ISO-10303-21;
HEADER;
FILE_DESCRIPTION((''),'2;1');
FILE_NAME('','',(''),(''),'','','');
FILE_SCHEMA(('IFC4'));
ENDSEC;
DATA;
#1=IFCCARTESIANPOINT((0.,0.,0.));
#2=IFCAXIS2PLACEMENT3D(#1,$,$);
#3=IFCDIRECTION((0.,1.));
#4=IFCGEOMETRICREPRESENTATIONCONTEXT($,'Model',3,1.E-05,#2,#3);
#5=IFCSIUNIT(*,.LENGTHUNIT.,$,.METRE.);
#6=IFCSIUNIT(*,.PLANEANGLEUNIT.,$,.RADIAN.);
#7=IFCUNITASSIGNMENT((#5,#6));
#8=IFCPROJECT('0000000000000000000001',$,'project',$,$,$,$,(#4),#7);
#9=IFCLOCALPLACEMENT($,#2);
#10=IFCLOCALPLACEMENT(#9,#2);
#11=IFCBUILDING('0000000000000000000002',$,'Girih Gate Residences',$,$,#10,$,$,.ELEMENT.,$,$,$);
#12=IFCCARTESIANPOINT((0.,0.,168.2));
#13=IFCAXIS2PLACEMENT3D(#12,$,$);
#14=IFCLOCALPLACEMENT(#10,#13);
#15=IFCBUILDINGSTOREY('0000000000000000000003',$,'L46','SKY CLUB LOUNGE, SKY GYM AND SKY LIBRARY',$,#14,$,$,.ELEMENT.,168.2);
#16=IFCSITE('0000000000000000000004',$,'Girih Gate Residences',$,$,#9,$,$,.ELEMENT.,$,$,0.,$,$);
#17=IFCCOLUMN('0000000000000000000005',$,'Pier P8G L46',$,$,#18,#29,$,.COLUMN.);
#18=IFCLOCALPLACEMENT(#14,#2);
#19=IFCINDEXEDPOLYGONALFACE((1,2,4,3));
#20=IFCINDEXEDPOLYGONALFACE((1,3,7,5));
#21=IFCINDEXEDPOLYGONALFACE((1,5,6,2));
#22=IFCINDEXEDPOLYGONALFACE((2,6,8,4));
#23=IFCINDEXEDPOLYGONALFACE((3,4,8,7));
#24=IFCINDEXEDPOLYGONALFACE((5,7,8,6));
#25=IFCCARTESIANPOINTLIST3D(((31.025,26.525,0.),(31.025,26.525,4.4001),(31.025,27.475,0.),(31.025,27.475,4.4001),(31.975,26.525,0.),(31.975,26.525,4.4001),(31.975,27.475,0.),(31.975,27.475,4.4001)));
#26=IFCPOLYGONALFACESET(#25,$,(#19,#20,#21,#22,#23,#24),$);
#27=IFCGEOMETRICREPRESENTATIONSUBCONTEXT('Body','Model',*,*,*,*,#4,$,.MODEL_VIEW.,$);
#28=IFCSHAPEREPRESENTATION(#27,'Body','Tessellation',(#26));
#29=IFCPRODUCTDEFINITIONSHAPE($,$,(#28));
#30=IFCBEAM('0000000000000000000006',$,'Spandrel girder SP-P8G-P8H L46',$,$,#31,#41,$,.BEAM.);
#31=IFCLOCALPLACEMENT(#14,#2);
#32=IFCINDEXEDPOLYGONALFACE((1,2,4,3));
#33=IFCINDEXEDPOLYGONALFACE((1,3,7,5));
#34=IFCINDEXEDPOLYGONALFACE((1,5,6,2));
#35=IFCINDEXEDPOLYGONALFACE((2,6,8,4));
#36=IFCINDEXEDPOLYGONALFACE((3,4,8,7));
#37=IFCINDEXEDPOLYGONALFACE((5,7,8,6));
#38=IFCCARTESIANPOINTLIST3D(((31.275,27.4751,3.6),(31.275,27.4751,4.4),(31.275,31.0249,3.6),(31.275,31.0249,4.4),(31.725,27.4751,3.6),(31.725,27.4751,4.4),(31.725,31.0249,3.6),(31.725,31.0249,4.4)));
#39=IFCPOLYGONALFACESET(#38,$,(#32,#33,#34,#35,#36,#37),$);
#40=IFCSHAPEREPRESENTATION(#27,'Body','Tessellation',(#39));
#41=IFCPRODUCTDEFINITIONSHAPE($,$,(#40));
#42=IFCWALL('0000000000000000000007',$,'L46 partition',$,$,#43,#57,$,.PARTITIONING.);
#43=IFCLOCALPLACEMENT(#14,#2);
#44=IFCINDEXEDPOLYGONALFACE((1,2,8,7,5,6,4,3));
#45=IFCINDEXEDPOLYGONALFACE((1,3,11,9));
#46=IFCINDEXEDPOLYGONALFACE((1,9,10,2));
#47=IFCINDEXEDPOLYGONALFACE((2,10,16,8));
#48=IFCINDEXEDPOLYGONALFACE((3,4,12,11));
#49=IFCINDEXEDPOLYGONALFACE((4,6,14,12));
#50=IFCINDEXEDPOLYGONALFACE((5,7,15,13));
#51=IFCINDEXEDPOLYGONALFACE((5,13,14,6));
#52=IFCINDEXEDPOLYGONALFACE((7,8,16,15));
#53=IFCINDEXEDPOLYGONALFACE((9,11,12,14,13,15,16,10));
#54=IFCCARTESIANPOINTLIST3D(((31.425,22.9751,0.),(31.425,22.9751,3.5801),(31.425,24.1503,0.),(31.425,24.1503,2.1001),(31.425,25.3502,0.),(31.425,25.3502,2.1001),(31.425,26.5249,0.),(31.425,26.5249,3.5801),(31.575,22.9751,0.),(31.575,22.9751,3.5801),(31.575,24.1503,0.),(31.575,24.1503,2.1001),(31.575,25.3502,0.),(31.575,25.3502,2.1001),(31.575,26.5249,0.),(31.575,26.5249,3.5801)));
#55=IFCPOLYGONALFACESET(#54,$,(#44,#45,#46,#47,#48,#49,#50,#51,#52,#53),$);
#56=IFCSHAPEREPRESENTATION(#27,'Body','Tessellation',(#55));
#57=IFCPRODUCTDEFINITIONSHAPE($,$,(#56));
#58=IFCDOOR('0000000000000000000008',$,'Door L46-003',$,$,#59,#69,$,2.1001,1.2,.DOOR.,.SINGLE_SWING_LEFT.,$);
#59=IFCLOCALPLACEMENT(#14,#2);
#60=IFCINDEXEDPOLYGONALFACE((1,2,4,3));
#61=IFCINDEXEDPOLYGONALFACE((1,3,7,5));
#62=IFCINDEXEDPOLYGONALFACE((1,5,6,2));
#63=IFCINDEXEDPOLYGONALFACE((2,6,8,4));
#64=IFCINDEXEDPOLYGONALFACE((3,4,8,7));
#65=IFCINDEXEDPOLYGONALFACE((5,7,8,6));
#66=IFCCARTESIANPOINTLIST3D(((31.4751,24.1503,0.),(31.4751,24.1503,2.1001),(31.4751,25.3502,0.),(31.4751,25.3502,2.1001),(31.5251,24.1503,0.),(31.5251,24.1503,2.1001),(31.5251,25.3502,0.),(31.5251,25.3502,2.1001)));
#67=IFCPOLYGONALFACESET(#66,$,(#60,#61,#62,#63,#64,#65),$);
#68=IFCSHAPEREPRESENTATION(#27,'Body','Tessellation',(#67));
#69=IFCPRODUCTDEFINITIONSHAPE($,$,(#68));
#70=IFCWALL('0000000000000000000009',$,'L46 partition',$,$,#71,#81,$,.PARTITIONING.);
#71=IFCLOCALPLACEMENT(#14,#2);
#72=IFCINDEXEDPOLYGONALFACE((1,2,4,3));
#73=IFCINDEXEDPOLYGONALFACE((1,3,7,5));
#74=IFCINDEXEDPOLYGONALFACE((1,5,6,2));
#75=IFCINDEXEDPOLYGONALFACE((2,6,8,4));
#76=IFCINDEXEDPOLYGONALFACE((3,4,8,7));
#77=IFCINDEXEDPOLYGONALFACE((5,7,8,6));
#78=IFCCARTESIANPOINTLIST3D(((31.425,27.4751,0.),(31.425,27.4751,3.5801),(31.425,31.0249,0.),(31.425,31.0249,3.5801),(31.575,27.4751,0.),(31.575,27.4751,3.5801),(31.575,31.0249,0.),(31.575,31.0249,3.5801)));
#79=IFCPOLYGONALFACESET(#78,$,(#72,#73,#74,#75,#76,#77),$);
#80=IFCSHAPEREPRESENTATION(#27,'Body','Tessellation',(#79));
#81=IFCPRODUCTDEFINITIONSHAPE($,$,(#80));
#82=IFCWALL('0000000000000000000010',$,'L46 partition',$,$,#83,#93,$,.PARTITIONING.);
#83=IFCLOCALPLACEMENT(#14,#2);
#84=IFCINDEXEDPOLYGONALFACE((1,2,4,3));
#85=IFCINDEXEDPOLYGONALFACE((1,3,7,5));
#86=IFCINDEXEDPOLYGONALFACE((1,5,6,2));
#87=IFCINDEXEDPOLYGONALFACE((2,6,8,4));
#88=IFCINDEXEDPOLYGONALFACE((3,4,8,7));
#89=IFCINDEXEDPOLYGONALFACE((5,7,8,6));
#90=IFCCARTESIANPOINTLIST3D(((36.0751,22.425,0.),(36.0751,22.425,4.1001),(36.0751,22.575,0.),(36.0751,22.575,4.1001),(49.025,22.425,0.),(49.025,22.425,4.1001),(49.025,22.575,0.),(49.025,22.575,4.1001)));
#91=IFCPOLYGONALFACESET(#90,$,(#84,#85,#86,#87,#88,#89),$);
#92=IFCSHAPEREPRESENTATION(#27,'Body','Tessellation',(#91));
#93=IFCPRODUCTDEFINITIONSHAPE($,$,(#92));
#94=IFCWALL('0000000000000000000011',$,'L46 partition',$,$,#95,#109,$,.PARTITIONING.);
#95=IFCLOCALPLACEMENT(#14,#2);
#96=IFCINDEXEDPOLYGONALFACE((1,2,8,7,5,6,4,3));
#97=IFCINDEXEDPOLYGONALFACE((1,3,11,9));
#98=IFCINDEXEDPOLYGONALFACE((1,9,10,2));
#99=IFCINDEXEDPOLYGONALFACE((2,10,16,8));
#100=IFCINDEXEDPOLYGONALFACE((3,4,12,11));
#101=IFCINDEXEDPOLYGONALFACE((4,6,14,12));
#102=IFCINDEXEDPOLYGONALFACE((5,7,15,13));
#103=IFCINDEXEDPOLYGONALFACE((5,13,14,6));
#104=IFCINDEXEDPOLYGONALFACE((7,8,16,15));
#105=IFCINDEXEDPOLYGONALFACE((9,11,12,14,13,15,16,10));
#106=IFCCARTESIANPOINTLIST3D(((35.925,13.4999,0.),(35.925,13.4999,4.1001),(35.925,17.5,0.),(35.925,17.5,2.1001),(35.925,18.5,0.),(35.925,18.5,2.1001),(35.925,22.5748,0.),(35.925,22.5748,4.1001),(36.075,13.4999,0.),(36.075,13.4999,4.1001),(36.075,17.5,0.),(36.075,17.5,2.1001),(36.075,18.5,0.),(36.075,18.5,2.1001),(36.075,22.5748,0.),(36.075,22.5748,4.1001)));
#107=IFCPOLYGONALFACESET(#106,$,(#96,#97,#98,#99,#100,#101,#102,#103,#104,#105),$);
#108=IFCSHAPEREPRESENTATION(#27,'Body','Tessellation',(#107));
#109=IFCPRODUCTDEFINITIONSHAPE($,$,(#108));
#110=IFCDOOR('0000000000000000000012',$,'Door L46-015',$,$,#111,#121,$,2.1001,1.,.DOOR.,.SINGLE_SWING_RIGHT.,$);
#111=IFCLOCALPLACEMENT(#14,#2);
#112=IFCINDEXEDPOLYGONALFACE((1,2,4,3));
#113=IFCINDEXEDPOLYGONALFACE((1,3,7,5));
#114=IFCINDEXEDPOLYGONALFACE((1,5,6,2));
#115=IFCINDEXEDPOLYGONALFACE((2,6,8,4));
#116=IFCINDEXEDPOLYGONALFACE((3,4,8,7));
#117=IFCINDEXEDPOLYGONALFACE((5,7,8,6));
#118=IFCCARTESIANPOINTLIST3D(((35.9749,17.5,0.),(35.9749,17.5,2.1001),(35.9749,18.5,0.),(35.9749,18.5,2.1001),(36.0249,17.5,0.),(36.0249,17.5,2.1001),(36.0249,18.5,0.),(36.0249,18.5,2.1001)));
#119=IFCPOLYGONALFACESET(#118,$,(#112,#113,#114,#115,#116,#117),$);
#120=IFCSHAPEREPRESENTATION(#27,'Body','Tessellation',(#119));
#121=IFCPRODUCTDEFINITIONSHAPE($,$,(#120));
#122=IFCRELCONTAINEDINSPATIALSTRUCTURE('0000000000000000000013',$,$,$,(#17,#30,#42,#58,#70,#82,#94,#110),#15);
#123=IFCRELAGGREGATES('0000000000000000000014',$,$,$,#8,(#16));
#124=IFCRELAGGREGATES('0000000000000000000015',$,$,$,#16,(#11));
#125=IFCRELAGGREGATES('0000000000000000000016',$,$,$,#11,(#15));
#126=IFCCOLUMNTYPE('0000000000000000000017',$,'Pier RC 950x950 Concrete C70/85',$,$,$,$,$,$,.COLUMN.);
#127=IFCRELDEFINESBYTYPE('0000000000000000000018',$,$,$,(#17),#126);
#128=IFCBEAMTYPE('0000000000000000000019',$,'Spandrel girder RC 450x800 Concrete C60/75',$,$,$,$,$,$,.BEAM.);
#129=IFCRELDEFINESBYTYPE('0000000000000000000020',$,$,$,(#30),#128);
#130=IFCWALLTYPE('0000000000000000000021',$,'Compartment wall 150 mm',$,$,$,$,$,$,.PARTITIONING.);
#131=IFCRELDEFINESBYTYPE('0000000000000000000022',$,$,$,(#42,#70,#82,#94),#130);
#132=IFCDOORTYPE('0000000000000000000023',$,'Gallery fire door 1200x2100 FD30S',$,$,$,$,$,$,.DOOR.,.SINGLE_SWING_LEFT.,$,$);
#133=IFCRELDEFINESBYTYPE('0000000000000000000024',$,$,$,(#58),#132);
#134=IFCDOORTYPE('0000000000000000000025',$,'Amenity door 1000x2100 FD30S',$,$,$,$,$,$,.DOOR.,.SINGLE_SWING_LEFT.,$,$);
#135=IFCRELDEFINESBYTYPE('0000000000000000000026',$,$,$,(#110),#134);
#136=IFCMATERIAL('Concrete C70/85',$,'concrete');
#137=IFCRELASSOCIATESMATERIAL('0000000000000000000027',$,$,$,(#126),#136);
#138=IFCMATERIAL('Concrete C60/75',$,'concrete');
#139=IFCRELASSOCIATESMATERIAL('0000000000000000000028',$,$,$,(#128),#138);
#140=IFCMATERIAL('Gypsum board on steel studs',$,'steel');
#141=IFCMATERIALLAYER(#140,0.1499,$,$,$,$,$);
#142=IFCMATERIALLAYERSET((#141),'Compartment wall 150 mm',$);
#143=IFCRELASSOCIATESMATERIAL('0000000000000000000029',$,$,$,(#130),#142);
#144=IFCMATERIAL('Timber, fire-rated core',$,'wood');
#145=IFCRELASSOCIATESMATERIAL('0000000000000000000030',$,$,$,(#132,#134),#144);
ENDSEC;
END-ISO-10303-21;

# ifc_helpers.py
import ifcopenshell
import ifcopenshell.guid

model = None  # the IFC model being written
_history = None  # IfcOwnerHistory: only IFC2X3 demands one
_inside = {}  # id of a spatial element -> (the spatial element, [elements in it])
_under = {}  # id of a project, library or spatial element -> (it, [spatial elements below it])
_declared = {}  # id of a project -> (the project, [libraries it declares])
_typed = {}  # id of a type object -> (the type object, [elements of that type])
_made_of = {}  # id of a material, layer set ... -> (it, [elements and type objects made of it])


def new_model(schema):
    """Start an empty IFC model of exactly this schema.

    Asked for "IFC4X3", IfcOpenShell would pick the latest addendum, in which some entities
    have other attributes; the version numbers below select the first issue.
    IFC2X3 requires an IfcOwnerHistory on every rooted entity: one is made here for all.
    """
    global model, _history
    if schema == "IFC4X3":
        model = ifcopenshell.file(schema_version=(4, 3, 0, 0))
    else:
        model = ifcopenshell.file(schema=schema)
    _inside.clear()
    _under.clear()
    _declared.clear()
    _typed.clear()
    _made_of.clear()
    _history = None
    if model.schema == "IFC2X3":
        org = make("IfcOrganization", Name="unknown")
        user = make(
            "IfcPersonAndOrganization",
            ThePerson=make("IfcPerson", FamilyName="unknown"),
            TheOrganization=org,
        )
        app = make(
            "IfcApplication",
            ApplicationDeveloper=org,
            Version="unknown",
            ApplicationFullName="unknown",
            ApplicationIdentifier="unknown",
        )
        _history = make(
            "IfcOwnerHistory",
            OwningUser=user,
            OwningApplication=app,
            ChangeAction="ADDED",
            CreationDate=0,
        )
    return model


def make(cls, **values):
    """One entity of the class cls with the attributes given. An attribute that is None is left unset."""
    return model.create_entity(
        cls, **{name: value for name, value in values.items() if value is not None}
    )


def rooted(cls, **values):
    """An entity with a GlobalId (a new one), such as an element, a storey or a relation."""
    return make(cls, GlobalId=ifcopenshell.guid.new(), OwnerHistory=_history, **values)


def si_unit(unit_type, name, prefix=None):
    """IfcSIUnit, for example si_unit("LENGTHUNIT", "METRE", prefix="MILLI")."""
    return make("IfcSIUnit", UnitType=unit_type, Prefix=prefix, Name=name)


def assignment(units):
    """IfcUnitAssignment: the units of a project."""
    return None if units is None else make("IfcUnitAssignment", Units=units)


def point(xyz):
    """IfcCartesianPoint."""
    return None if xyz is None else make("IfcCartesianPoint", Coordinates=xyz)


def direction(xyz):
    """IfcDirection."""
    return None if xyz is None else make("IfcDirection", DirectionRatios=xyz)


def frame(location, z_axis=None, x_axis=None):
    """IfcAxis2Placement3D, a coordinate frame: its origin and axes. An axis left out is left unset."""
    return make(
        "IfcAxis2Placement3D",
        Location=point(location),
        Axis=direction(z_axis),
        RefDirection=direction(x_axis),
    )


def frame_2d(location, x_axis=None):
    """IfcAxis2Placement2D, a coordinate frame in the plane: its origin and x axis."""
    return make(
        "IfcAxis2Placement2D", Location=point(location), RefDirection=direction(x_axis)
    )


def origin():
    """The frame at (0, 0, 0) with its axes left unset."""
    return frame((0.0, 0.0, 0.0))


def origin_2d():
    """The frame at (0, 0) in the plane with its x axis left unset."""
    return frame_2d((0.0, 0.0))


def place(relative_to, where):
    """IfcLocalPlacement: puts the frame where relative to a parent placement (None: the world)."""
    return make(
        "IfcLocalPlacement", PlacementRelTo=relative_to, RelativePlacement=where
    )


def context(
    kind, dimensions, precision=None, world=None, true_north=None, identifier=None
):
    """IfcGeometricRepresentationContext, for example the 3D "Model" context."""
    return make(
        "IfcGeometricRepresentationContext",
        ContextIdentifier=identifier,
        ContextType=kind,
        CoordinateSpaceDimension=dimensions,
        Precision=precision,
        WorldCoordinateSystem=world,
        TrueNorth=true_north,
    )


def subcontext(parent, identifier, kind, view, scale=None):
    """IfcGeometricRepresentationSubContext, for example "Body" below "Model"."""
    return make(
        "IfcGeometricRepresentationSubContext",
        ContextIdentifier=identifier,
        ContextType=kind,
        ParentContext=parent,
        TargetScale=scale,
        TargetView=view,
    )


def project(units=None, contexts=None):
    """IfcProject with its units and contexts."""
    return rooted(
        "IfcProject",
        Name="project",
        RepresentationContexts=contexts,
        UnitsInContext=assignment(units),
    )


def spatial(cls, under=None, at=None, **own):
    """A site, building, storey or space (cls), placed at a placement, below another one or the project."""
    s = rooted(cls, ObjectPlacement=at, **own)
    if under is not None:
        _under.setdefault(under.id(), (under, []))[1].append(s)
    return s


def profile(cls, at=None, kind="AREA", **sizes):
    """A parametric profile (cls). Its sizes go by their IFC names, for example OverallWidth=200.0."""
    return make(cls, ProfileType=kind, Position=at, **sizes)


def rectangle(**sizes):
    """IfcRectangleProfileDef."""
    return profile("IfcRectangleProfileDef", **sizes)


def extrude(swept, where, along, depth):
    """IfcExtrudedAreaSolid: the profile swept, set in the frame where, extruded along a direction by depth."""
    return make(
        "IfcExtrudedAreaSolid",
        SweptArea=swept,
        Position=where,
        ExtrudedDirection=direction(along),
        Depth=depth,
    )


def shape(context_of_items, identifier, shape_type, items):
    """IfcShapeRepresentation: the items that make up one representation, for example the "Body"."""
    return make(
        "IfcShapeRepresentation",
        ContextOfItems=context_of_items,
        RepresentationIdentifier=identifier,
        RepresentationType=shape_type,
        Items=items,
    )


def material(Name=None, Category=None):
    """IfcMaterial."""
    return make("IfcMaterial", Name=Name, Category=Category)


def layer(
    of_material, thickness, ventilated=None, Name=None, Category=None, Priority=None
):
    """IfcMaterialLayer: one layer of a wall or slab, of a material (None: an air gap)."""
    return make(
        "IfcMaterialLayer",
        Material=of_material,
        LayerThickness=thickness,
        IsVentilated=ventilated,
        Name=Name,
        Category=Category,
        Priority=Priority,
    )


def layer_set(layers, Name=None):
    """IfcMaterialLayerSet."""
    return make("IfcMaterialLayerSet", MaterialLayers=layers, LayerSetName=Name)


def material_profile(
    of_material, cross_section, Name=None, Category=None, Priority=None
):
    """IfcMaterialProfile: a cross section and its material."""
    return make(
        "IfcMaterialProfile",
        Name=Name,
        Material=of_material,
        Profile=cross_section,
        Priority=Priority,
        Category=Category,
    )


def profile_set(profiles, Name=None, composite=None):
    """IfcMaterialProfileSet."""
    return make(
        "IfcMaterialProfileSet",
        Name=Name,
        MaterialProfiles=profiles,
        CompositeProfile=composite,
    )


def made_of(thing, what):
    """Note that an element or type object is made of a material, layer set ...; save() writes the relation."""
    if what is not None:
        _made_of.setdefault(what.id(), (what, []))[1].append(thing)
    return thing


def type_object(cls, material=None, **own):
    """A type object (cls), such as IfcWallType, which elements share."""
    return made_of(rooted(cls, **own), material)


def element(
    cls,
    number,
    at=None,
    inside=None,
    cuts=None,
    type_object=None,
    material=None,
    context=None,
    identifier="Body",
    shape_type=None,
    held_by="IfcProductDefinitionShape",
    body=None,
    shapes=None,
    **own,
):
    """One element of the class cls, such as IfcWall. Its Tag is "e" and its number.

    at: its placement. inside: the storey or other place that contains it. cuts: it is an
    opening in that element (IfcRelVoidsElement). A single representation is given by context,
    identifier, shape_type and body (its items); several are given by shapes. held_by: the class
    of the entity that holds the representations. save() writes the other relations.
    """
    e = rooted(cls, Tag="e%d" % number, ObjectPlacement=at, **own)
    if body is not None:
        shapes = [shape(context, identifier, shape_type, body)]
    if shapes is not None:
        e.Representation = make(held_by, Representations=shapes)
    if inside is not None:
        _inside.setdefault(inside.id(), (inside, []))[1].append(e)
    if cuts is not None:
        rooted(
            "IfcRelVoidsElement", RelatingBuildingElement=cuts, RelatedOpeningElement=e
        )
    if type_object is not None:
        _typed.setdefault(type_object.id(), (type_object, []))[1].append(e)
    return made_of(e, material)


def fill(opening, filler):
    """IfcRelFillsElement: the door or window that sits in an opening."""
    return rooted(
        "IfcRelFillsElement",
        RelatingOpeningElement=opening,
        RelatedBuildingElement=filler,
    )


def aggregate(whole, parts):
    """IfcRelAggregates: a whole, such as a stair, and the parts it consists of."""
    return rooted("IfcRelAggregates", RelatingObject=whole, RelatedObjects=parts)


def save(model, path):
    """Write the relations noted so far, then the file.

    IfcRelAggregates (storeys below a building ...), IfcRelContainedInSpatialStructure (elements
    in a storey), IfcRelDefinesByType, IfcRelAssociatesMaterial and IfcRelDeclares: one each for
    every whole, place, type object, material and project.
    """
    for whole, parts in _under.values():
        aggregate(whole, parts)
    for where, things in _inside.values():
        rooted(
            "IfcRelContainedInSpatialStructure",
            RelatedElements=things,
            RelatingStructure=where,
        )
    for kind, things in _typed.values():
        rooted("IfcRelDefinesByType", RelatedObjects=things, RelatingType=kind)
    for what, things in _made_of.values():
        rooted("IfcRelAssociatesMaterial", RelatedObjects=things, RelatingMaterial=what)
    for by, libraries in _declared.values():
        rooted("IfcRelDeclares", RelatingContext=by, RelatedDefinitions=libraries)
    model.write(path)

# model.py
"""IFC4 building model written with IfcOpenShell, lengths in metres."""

from ifc_helpers import new_model, si_unit, direction, frame, frame_2d, origin, origin_2d, place, context, subcontext, project, spatial, rectangle, extrude, material, layer, layer_set, material_profile, profile_set, type_object, element, fill, save


model = new_model("IFC4")

# Units and contexts
model_context = context("Model", 3, precision=1e-05, world=origin(), true_north=direction((0.0, 1.0)))
body_context = subcontext(model_context, "Body", "Model", "MODEL_VIEW")
ifc_project = project(units=[si_unit("LENGTHUNIT", "METRE"), si_unit("PLANEANGLEUNIT", "RADIAN")], contexts=[model_context])

# Site, building, storey
site_placement = place(None, origin())
site = spatial("IfcSite", under=ifc_project, at=site_placement, Name="Girih Gate Residences", CompositionType="ELEMENT", RefElevation=0.0)
building_placement = place(site_placement, origin())
building = spatial("IfcBuilding", under=site, at=building_placement, Name="Girih Gate Residences", CompositionType="ELEMENT")
storey_placement = place(building_placement, frame((0.0, 0.0, 168.2)))
storey = spatial("IfcBuildingStorey", under=building, at=storey_placement, Name="L46", Description="SKY CLUB LOUNGE, SKY GYM AND SKY LIBRARY", CompositionType="ELEMENT", Elevation=168.2)

# Column
ifc_material_1 = material(Name="Concrete C70/85", Category="concrete")
ifc_material_profile_1 = material_profile(ifc_material_1, rectangle(XDim=0.95, YDim=0.95, at=origin_2d()))
ifc_profile_set_1 = profile_set([ifc_material_profile_1], Name="Concrete C70/85")
column_type = type_object("IfcColumnType", Name="Pier RC 950x950 Concrete C70/85", PredefinedType="COLUMN", material=ifc_profile_set_1)
column_placement = place(storey_placement, frame((31.5, 27.0, 0.0), z_axis=(0.0, 0.0, 1.0), x_axis=(1.0, 0.0, 0.0)))
element("IfcColumn", 1, at=column_placement, inside=storey, type_object=column_type, Name="Pier P8G L46", PredefinedType="COLUMN", context=body_context, shape_type="SweptSolid", body=[
    extrude(rectangle(XDim=0.95, YDim=0.95, at=origin_2d()), origin(), (0.0, 0.0, 1.0), 4.4001),
])

# Beam
ifc_material_2 = material(Name="Concrete C60/75", Category="concrete")
ifc_material_profile_2 = material_profile(ifc_material_2, rectangle(XDim=0.45, YDim=0.8, at=origin_2d()))
ifc_profile_set_2 = profile_set([ifc_material_profile_2], Name="Concrete C60/75")
beam_type = type_object("IfcBeamType", Name="Spandrel girder RC 450x800 Concrete C60/75", PredefinedType="BEAM", material=ifc_profile_set_2)
beam_placement = place(storey_placement, frame((31.5, 27.4751, 4.0), z_axis=(0.0, 1.0, 0.0), x_axis=(-1.0, 0.0, 0.0)))
element("IfcBeam", 2, at=beam_placement, inside=storey, type_object=beam_type, Name="Spandrel girder SP-P8G-P8H L46", PredefinedType="BEAM", context=body_context, shape_type="SweptSolid", body=[
    extrude(rectangle(XDim=0.45, YDim=0.8, at=origin_2d()), origin(), (0.0, 0.0, 1.0), 3.5498),
])

# Wall, opening, door
ifc_material_3 = material(Name="Gypsum board on steel studs", Category="steel")
ifc_layer_1 = layer(ifc_material_3, 0.1499)
ifc_layer_set_1 = layer_set([ifc_layer_1], Name="Compartment wall 150 mm")
wall_type_1 = type_object("IfcWallType", Name="Compartment wall 150 mm", PredefinedType="PARTITIONING", material=ifc_layer_set_1)
wall_1_placement = place(storey_placement, frame((31.5, 22.9751, 0.0), z_axis=(0.0, 0.0, 1.0), x_axis=(0.0, 1.0, 0.0)))
wall_1 = element("IfcWall", 3, at=wall_1_placement, inside=storey, type_object=wall_type_1, Name="L46 partition", PredefinedType="PARTITIONING", context=body_context, shape_type="SweptSolid", body=[
    extrude(rectangle(XDim=3.5498, YDim=0.1499, at=frame_2d((1.7749, 0.0))), origin(), (0.0, 0.0, 1.0), 3.5801),
])
opening_1_placement = place(wall_1_placement, frame((1.175, 0.0, 0.0)))
opening_1 = element("IfcOpeningElement", 4, at=opening_1_placement, cuts=wall_1, PredefinedType="OPENING", context=body_context, shape_type="SweptSolid", body=[
    extrude(rectangle(XDim=1.2, YDim=2.1001, at=frame_2d((0.6001, 1.05))), frame((0.0, 0.085, 0.0), z_axis=(0.0, -1.0, 0.0), x_axis=(1.0, 0.0, 0.0)), (0.0, 0.0, 1.0), 0.1699),
])
ifc_material_4 = material(Name="Timber, fire-rated core", Category="wood")
door_type_1 = type_object("IfcDoorType", Name="Gallery fire door 1200x2100 FD30S", OperationType="SINGLE_SWING_LEFT", PredefinedType="DOOR", material=ifc_material_4)
door_1_placement = place(opening_1_placement, origin())
door_1 = element("IfcDoor", 5, at=door_1_placement, inside=storey, type_object=door_type_1, Name="Door L46-003", OperationType="SINGLE_SWING_LEFT", OverallHeight=2.1001, OverallWidth=1.2, PredefinedType="DOOR", context=body_context, shape_type="SweptSolid", body=[
    extrude(rectangle(XDim=1.2, YDim=2.1001, at=frame_2d((0.6001, 1.05))), frame((0.0, 0.0249, 0.0), z_axis=(0.0, -1.0, 0.0), x_axis=(1.0, 0.0, 0.0)), (0.0, 0.0, 1.0), 0.05),
])
fill(opening_1, door_1)

# Walls
wall_2_placement = place(storey_placement, frame((31.5, 27.4751, 0.0), z_axis=(0.0, 0.0, 1.0), x_axis=(0.0, 1.0, 0.0)))
element("IfcWall", 6, at=wall_2_placement, inside=storey, type_object=wall_type_1, Name="L46 partition", PredefinedType="PARTITIONING", context=body_context, shape_type="SweptSolid", body=[
    extrude(rectangle(XDim=3.5498, YDim=0.1499, at=frame_2d((1.7749, 0.0))), origin(), (0.0, 0.0, 1.0), 3.5801),
])
wall_3_placement = place(storey_placement, frame((36.075, 22.5, 0.0), z_axis=(0.0, 0.0, 1.0), x_axis=(1.0, 0.0, 0.0)))
element("IfcWall", 7, at=wall_3_placement, inside=storey, type_object=wall_type_1, Name="L46 partition", PredefinedType="PARTITIONING", context=body_context, shape_type="SweptSolid", body=[
    extrude(rectangle(XDim=12.95, YDim=0.1499, at=frame_2d((6.4751, 0.0))), origin(), (0.0, 0.0, 1.0), 4.1001),
])

# Wall, opening, door
wall_4_placement = place(storey_placement, frame((36.0, 22.575, 0.0), z_axis=(0.0, 0.0, 1.0), x_axis=(0.0, -1.0, 0.0)))
wall_4 = element("IfcWall", 8, at=wall_4_placement, inside=storey, type_object=wall_type_1, Name="L46 partition", PredefinedType="PARTITIONING", context=body_context, shape_type="SweptSolid", body=[
    extrude(rectangle(XDim=9.075, YDim=0.1499, at=frame_2d((4.5376, 0.0))), origin(), (0.0, 0.0, 1.0), 4.1001),
])
opening_2_placement = place(wall_4_placement, frame((4.075, 0.0, 0.0)))
opening_2 = element("IfcOpeningElement", 9, at=opening_2_placement, cuts=wall_4, PredefinedType="OPENING", context=body_context, shape_type="SweptSolid", body=[
    extrude(rectangle(XDim=1.0, YDim=2.1001, at=frame_2d((0.5, 1.05))), frame((0.0, 0.085, 0.0), z_axis=(0.0, -1.0, 0.0), x_axis=(1.0, 0.0, 0.0)), (0.0, 0.0, 1.0), 0.1699),
])
door_type_2 = type_object("IfcDoorType", Name="Amenity door 1000x2100 FD30S", OperationType="SINGLE_SWING_LEFT", PredefinedType="DOOR", material=ifc_material_4)
door_2_placement = place(opening_2_placement, origin())
door_2 = element("IfcDoor", 10, at=door_2_placement, inside=storey, type_object=door_type_2, Name="Door L46-015", OperationType="SINGLE_SWING_RIGHT", OverallHeight=2.1001, OverallWidth=1.0, PredefinedType="DOOR", context=body_context, shape_type="SweptSolid", body=[
    extrude(rectangle(XDim=1.0, YDim=2.1001, at=frame_2d((0.5, 1.05))), frame((0.0, 0.0249, 0.0), z_axis=(0.0, -1.0, 0.0), x_axis=(1.0, 0.0, 0.0)), (0.0, 0.0, 1.0), 0.05),
])
fill(opening_2, door_2)

save(model, "model.ifc")
